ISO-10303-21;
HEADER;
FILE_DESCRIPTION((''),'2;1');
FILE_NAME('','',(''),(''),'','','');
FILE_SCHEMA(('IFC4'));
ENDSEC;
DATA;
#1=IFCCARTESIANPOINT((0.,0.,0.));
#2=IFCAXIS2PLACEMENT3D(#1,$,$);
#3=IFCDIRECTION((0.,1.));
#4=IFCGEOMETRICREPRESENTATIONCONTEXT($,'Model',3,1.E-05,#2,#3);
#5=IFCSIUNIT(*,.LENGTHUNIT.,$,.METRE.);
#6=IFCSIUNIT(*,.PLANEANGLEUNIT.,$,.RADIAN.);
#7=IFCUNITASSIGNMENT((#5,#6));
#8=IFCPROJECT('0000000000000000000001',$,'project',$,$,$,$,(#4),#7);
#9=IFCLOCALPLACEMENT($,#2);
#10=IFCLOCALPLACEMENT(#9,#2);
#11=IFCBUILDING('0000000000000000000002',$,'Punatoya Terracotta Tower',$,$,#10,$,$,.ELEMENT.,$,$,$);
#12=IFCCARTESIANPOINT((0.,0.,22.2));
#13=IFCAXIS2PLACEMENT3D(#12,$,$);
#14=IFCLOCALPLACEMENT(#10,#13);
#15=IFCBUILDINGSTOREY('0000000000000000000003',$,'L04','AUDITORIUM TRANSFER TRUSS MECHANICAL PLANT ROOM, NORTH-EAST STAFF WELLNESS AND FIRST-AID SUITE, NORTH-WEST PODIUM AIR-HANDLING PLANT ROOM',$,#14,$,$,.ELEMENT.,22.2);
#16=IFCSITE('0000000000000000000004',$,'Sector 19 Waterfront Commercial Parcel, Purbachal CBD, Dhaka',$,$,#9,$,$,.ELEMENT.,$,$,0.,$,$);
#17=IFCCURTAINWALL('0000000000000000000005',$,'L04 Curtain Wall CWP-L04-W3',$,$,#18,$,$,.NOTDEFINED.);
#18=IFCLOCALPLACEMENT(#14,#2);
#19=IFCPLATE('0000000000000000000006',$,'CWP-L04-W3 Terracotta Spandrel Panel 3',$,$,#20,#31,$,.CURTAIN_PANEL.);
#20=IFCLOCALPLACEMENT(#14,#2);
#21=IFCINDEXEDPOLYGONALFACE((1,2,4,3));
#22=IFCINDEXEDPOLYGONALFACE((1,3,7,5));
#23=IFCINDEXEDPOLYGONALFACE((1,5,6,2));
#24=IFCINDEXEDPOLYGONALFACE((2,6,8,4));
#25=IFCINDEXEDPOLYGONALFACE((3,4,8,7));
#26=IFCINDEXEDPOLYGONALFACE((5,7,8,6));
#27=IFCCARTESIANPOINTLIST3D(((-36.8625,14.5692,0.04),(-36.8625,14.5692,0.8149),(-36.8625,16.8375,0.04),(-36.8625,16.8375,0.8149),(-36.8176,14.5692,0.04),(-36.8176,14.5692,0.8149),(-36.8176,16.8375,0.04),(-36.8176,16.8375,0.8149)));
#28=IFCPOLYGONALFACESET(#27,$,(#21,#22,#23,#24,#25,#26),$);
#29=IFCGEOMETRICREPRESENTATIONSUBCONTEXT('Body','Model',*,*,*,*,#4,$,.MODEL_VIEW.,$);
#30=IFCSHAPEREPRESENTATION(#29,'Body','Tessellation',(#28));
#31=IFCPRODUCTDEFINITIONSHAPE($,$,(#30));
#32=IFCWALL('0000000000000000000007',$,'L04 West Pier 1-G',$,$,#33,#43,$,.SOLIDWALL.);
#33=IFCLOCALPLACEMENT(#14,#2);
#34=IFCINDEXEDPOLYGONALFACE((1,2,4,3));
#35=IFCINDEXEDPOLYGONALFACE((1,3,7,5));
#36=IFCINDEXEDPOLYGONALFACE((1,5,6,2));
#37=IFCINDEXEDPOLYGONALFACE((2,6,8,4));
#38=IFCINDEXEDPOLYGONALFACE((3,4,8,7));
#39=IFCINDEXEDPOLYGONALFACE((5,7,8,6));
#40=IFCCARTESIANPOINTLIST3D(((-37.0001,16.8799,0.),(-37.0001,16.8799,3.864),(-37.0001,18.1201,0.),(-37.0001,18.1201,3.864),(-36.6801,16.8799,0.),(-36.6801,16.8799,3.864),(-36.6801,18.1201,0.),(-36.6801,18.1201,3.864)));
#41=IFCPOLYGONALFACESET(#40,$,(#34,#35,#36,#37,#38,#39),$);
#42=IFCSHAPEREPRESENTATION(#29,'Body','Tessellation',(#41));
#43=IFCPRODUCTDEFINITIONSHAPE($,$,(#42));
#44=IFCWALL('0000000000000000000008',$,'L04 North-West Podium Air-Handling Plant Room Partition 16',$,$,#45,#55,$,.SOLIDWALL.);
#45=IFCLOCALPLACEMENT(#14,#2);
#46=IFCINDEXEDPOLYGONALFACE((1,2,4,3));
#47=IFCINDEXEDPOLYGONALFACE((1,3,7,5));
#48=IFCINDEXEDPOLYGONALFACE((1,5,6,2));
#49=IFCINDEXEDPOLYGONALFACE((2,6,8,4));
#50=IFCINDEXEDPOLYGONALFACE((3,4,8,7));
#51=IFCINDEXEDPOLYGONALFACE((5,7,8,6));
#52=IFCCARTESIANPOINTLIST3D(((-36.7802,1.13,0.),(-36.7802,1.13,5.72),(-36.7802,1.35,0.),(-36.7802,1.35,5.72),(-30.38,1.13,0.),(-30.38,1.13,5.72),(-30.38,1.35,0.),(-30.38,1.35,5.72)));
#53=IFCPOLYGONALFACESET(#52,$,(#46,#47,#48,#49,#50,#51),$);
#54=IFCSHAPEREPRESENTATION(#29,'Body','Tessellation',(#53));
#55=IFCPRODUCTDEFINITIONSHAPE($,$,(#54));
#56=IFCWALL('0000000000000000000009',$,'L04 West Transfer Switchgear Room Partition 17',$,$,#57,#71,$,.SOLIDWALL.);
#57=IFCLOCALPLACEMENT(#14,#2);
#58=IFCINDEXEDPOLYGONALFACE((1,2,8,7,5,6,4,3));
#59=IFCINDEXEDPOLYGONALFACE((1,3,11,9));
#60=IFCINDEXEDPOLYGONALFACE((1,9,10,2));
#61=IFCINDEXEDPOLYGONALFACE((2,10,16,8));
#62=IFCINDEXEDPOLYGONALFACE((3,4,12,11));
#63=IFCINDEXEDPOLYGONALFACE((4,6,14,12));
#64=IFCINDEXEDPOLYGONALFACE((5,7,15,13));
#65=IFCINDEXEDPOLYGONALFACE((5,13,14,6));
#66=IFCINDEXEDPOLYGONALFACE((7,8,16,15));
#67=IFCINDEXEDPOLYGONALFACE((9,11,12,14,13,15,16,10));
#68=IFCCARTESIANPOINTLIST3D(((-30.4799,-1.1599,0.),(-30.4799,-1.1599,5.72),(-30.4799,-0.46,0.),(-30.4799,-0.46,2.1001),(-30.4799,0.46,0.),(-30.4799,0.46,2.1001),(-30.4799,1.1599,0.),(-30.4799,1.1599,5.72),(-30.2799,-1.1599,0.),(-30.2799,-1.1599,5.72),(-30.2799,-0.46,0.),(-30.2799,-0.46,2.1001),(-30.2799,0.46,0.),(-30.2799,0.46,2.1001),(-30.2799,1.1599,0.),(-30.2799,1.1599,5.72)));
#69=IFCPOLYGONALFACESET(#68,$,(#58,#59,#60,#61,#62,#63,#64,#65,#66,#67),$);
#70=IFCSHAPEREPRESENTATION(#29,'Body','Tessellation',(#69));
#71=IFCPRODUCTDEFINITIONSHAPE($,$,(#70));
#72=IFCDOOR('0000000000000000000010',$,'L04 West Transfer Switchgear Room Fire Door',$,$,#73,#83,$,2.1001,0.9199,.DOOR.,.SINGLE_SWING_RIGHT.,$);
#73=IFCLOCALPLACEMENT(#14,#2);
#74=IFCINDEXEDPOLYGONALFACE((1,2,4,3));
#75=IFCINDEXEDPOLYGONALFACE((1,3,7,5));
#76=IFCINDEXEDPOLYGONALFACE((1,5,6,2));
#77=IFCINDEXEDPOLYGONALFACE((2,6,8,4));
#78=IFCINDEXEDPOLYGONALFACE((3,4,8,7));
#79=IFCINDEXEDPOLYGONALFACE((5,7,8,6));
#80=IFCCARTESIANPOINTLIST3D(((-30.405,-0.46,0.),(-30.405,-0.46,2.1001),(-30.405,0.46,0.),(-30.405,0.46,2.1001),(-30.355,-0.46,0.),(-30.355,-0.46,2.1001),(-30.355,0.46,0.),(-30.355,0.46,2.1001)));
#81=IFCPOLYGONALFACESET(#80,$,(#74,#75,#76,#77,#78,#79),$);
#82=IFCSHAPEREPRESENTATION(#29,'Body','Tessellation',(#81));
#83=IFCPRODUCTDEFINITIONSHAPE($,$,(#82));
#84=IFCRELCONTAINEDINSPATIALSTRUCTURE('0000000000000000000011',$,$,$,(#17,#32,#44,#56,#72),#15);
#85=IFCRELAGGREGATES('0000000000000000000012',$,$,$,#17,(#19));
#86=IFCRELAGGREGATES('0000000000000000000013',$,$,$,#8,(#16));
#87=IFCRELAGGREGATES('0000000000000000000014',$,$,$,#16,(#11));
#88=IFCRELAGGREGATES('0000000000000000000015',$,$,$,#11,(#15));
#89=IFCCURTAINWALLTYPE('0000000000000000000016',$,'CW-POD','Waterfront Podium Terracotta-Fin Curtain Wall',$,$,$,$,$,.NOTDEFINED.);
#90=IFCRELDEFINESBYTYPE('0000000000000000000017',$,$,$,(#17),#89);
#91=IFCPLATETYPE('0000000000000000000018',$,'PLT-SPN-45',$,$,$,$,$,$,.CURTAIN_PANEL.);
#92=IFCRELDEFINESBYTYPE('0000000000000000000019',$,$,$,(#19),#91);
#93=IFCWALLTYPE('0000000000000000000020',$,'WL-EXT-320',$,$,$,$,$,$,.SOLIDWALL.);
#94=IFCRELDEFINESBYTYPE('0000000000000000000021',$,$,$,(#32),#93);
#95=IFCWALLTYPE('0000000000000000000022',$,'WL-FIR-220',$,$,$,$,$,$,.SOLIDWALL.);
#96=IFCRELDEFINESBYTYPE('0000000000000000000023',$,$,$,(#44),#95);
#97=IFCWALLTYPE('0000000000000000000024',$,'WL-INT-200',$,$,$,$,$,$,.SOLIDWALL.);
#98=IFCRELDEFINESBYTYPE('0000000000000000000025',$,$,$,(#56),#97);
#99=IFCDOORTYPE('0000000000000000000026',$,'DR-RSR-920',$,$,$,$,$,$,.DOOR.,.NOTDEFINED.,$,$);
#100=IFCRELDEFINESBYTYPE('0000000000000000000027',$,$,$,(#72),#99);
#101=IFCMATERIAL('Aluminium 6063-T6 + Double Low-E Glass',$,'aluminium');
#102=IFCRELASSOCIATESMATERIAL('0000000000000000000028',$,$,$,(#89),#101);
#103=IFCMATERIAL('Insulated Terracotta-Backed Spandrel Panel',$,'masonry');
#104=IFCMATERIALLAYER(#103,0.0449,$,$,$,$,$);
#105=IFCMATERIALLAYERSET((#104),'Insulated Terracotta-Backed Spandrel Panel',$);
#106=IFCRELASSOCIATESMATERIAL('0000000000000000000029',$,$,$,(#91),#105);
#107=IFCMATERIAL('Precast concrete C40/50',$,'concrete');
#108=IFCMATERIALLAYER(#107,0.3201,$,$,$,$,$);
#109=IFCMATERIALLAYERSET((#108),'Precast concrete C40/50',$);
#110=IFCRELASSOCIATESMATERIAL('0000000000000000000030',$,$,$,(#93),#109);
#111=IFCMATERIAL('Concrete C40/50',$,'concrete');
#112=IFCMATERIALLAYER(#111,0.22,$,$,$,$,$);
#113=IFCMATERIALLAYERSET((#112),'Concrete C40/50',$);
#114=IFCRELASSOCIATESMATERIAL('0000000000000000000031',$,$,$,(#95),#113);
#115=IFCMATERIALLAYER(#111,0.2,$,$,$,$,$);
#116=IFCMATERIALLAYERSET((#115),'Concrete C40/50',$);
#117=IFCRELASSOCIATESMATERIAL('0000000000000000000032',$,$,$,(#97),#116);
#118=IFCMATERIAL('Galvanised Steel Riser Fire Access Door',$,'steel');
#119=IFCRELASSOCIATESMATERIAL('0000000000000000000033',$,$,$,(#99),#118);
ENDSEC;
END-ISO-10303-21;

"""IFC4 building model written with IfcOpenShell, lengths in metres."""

from ifc_helpers import new_model, si_unit, direction, frame, frame_2d, origin, origin_2d, place, context, subcontext, project, spatial, rectangle, extrude, material, layer, layer_set, type_object, element, fill, aggregate, save


model = new_model("IFC4")

# Units and contexts
model_context = context("Model", 3, precision=1e-05, world=origin(), true_north=direction((0.0, 1.0)))
body_context = subcontext(model_context, "Body", "Model", "MODEL_VIEW")
ifc_project = project(units=[si_unit("LENGTHUNIT", "METRE"), si_unit("PLANEANGLEUNIT", "RADIAN")], contexts=[model_context])

# Site, building, storey
site_placement = place(None, origin())
site = spatial("IfcSite", under=ifc_project, at=site_placement, Name="Sector 19 Waterfront Commercial Parcel, Purbachal CBD, Dhaka", CompositionType="ELEMENT", RefElevation=0.0)
building_placement = place(site_placement, origin())
building = spatial("IfcBuilding", under=site, at=building_placement, Name="Punatoya Terracotta Tower", CompositionType="ELEMENT")
storey_placement = place(building_placement, frame((0.0, 0.0, 22.2)))
storey = spatial("IfcBuildingStorey", under=building, at=storey_placement, Name="L04", Description="AUDITORIUM TRANSFER TRUSS MECHANICAL PLANT ROOM, NORTH-EAST STAFF WELLNESS AND FIRST-AID SUITE, NORTH-WEST PODIUM AIR-HANDLING PLANT ROOM", CompositionType="ELEMENT", Elevation=22.2)

# Curtain wall
ifc_material_1 = material(Name="Aluminium 6063-T6 + Double Low-E Glass", Category="aluminium")
curtain_wall_type = type_object("IfcCurtainWallType", Name="CW-POD", Description="Waterfront Podium Terracotta-Fin Curtain Wall", PredefinedType="NOTDEFINED", material=ifc_material_1)
curtain_wall_1_placement = place(storey_placement, origin())
curtain_wall_1 = element("IfcCurtainWall", 1, at=curtain_wall_1_placement, inside=storey, type_object=curtain_wall_type, Name="L04 Curtain Wall CWP-L04-W3", PredefinedType="NOTDEFINED")

# Plate
ifc_material_2 = material(Name="Insulated Terracotta-Backed Spandrel Panel", Category="masonry")
ifc_layer_1 = layer(ifc_material_2, 0.0449)
ifc_layer_set_1 = layer_set([ifc_layer_1], Name="Insulated Terracotta-Backed Spandrel Panel")
plate_type_1 = type_object("IfcPlateType", Name="PLT-SPN-45", PredefinedType="CURTAIN_PANEL", material=ifc_layer_set_1)
plate_1_placement = place(storey_placement, frame((-36.8401, 15.7034, 0.04), z_axis=(0.0, 0.0, 1.0), x_axis=(0.0, 1.0, 0.0)))
plate_1 = element("IfcPlate", 2, at=plate_1_placement, type_object=plate_type_1, Name="CWP-L04-W3 Terracotta Spandrel Panel 3", PredefinedType="CURTAIN_PANEL", context=body_context, shape_type="SweptSolid", body=[
    extrude(rectangle(XDim=2.2683, YDim=0.0449, at=origin_2d()), origin(), (0.0, 0.0, 1.0), 0.7749),
])
aggregate(curtain_wall_1, [plate_1])

# Walls
ifc_material_3 = material(Name="Precast concrete C40/50", Category="concrete")
ifc_layer_2 = layer(ifc_material_3, 0.3201)
ifc_layer_set_2 = layer_set([ifc_layer_2], Name="Precast concrete C40/50")
wall_type_1 = type_object("IfcWallType", Name="WL-EXT-320", PredefinedType="SOLIDWALL", material=ifc_layer_set_2)
wall_1_placement = place(storey_placement, frame((-36.8401, 16.8799, 0.0), z_axis=(0.0, 0.0, 1.0), x_axis=(0.0, 1.0, 0.0)))
element("IfcWall", 3, at=wall_1_placement, inside=storey, type_object=wall_type_1, Name="L04 West Pier 1-G", PredefinedType="SOLIDWALL", context=body_context, shape_type="SweptSolid", body=[
    extrude(rectangle(XDim=1.2402, YDim=0.3201, at=frame_2d((0.6201, 0.0))), origin(), (0.0, 0.0, 1.0), 3.864),
])
ifc_material_4 = material(Name="Concrete C40/50", Category="concrete")
ifc_layer_3 = layer(ifc_material_4, 0.22)
ifc_layer_set_3 = layer_set([ifc_layer_3], Name="Concrete C40/50")
wall_type_2 = type_object("IfcWallType", Name="WL-FIR-220", PredefinedType="SOLIDWALL", material=ifc_layer_set_3)
wall_2_placement = place(storey_placement, frame((-30.3799, 1.24, 0.0), z_axis=(0.0, 0.0, 1.0), x_axis=(-1.0, 0.0, 0.0)))
element("IfcWall", 4, at=wall_2_placement, inside=storey, type_object=wall_type_2, Name="L04 North-West Podium Air-Handling Plant Room Partition 16", PredefinedType="SOLIDWALL", context=body_context, shape_type="SweptSolid", body=[
    extrude(rectangle(XDim=6.4001, YDim=0.22, at=frame_2d((3.2002, 0.0))), origin(), (0.0, 0.0, 1.0), 5.72),
])

# Wall, opening, door
ifc_layer_4 = layer(ifc_material_4, 0.2)
ifc_layer_set_4 = layer_set([ifc_layer_4], Name="Concrete C40/50")
wall_type_3 = type_object("IfcWallType", Name="WL-INT-200", PredefinedType="SOLIDWALL", material=ifc_layer_set_4)
wall_3_placement = place(storey_placement, frame((-30.3799, 1.1599, 0.0), z_axis=(0.0, 0.0, 1.0), x_axis=(0.0, -1.0, 0.0)))
wall_3 = element("IfcWall", 5, at=wall_3_placement, inside=storey, type_object=wall_type_3, Name="L04 West Transfer Switchgear Room Partition 17", PredefinedType="SOLIDWALL", context=body_context, shape_type="SweptSolid", body=[
    extrude(rectangle(XDim=2.3198, YDim=0.2, at=frame_2d((1.1599, 0.0))), origin(), (0.0, 0.0, 1.0), 5.72),
])
opening_placement = place(wall_3_placement, frame((0.7, 0.0, 0.0)))
opening = element("IfcOpeningElement", 6, at=opening_placement, cuts=wall_3, PredefinedType="OPENING", context=body_context, shape_type="SweptSolid", body=[
    extrude(rectangle(XDim=0.9199, YDim=2.1001, at=frame_2d((0.46, 1.05))), frame((0.0, 0.1099, 0.0), z_axis=(0.0, -1.0, 0.0), x_axis=(1.0, 0.0, 0.0)), (0.0, 0.0, 1.0), 0.22),
])
ifc_material_5 = material(Name="Galvanised Steel Riser Fire Access Door", Category="steel")
door_type = type_object("IfcDoorType", Name="DR-RSR-920", OperationType="NOTDEFINED", PredefinedType="DOOR", material=ifc_material_5)
door_placement = place(opening_placement, origin())
door = element("IfcDoor", 7, at=door_placement, inside=storey, type_object=door_type, Name="L04 West Transfer Switchgear Room Fire Door", OperationType="SINGLE_SWING_RIGHT", OverallHeight=2.1001, OverallWidth=0.9199, PredefinedType="DOOR", context=body_context, shape_type="SweptSolid", body=[
    extrude(rectangle(XDim=0.9199, YDim=2.1001, at=frame_2d((0.46, 1.05))), frame((0.0, 0.0249, 0.0), z_axis=(0.0, -1.0, 0.0), x_axis=(1.0, 0.0, 0.0)), (0.0, 0.0, 1.0), 0.05),
])
fill(opening, door)

save(model, "model.ifc")
